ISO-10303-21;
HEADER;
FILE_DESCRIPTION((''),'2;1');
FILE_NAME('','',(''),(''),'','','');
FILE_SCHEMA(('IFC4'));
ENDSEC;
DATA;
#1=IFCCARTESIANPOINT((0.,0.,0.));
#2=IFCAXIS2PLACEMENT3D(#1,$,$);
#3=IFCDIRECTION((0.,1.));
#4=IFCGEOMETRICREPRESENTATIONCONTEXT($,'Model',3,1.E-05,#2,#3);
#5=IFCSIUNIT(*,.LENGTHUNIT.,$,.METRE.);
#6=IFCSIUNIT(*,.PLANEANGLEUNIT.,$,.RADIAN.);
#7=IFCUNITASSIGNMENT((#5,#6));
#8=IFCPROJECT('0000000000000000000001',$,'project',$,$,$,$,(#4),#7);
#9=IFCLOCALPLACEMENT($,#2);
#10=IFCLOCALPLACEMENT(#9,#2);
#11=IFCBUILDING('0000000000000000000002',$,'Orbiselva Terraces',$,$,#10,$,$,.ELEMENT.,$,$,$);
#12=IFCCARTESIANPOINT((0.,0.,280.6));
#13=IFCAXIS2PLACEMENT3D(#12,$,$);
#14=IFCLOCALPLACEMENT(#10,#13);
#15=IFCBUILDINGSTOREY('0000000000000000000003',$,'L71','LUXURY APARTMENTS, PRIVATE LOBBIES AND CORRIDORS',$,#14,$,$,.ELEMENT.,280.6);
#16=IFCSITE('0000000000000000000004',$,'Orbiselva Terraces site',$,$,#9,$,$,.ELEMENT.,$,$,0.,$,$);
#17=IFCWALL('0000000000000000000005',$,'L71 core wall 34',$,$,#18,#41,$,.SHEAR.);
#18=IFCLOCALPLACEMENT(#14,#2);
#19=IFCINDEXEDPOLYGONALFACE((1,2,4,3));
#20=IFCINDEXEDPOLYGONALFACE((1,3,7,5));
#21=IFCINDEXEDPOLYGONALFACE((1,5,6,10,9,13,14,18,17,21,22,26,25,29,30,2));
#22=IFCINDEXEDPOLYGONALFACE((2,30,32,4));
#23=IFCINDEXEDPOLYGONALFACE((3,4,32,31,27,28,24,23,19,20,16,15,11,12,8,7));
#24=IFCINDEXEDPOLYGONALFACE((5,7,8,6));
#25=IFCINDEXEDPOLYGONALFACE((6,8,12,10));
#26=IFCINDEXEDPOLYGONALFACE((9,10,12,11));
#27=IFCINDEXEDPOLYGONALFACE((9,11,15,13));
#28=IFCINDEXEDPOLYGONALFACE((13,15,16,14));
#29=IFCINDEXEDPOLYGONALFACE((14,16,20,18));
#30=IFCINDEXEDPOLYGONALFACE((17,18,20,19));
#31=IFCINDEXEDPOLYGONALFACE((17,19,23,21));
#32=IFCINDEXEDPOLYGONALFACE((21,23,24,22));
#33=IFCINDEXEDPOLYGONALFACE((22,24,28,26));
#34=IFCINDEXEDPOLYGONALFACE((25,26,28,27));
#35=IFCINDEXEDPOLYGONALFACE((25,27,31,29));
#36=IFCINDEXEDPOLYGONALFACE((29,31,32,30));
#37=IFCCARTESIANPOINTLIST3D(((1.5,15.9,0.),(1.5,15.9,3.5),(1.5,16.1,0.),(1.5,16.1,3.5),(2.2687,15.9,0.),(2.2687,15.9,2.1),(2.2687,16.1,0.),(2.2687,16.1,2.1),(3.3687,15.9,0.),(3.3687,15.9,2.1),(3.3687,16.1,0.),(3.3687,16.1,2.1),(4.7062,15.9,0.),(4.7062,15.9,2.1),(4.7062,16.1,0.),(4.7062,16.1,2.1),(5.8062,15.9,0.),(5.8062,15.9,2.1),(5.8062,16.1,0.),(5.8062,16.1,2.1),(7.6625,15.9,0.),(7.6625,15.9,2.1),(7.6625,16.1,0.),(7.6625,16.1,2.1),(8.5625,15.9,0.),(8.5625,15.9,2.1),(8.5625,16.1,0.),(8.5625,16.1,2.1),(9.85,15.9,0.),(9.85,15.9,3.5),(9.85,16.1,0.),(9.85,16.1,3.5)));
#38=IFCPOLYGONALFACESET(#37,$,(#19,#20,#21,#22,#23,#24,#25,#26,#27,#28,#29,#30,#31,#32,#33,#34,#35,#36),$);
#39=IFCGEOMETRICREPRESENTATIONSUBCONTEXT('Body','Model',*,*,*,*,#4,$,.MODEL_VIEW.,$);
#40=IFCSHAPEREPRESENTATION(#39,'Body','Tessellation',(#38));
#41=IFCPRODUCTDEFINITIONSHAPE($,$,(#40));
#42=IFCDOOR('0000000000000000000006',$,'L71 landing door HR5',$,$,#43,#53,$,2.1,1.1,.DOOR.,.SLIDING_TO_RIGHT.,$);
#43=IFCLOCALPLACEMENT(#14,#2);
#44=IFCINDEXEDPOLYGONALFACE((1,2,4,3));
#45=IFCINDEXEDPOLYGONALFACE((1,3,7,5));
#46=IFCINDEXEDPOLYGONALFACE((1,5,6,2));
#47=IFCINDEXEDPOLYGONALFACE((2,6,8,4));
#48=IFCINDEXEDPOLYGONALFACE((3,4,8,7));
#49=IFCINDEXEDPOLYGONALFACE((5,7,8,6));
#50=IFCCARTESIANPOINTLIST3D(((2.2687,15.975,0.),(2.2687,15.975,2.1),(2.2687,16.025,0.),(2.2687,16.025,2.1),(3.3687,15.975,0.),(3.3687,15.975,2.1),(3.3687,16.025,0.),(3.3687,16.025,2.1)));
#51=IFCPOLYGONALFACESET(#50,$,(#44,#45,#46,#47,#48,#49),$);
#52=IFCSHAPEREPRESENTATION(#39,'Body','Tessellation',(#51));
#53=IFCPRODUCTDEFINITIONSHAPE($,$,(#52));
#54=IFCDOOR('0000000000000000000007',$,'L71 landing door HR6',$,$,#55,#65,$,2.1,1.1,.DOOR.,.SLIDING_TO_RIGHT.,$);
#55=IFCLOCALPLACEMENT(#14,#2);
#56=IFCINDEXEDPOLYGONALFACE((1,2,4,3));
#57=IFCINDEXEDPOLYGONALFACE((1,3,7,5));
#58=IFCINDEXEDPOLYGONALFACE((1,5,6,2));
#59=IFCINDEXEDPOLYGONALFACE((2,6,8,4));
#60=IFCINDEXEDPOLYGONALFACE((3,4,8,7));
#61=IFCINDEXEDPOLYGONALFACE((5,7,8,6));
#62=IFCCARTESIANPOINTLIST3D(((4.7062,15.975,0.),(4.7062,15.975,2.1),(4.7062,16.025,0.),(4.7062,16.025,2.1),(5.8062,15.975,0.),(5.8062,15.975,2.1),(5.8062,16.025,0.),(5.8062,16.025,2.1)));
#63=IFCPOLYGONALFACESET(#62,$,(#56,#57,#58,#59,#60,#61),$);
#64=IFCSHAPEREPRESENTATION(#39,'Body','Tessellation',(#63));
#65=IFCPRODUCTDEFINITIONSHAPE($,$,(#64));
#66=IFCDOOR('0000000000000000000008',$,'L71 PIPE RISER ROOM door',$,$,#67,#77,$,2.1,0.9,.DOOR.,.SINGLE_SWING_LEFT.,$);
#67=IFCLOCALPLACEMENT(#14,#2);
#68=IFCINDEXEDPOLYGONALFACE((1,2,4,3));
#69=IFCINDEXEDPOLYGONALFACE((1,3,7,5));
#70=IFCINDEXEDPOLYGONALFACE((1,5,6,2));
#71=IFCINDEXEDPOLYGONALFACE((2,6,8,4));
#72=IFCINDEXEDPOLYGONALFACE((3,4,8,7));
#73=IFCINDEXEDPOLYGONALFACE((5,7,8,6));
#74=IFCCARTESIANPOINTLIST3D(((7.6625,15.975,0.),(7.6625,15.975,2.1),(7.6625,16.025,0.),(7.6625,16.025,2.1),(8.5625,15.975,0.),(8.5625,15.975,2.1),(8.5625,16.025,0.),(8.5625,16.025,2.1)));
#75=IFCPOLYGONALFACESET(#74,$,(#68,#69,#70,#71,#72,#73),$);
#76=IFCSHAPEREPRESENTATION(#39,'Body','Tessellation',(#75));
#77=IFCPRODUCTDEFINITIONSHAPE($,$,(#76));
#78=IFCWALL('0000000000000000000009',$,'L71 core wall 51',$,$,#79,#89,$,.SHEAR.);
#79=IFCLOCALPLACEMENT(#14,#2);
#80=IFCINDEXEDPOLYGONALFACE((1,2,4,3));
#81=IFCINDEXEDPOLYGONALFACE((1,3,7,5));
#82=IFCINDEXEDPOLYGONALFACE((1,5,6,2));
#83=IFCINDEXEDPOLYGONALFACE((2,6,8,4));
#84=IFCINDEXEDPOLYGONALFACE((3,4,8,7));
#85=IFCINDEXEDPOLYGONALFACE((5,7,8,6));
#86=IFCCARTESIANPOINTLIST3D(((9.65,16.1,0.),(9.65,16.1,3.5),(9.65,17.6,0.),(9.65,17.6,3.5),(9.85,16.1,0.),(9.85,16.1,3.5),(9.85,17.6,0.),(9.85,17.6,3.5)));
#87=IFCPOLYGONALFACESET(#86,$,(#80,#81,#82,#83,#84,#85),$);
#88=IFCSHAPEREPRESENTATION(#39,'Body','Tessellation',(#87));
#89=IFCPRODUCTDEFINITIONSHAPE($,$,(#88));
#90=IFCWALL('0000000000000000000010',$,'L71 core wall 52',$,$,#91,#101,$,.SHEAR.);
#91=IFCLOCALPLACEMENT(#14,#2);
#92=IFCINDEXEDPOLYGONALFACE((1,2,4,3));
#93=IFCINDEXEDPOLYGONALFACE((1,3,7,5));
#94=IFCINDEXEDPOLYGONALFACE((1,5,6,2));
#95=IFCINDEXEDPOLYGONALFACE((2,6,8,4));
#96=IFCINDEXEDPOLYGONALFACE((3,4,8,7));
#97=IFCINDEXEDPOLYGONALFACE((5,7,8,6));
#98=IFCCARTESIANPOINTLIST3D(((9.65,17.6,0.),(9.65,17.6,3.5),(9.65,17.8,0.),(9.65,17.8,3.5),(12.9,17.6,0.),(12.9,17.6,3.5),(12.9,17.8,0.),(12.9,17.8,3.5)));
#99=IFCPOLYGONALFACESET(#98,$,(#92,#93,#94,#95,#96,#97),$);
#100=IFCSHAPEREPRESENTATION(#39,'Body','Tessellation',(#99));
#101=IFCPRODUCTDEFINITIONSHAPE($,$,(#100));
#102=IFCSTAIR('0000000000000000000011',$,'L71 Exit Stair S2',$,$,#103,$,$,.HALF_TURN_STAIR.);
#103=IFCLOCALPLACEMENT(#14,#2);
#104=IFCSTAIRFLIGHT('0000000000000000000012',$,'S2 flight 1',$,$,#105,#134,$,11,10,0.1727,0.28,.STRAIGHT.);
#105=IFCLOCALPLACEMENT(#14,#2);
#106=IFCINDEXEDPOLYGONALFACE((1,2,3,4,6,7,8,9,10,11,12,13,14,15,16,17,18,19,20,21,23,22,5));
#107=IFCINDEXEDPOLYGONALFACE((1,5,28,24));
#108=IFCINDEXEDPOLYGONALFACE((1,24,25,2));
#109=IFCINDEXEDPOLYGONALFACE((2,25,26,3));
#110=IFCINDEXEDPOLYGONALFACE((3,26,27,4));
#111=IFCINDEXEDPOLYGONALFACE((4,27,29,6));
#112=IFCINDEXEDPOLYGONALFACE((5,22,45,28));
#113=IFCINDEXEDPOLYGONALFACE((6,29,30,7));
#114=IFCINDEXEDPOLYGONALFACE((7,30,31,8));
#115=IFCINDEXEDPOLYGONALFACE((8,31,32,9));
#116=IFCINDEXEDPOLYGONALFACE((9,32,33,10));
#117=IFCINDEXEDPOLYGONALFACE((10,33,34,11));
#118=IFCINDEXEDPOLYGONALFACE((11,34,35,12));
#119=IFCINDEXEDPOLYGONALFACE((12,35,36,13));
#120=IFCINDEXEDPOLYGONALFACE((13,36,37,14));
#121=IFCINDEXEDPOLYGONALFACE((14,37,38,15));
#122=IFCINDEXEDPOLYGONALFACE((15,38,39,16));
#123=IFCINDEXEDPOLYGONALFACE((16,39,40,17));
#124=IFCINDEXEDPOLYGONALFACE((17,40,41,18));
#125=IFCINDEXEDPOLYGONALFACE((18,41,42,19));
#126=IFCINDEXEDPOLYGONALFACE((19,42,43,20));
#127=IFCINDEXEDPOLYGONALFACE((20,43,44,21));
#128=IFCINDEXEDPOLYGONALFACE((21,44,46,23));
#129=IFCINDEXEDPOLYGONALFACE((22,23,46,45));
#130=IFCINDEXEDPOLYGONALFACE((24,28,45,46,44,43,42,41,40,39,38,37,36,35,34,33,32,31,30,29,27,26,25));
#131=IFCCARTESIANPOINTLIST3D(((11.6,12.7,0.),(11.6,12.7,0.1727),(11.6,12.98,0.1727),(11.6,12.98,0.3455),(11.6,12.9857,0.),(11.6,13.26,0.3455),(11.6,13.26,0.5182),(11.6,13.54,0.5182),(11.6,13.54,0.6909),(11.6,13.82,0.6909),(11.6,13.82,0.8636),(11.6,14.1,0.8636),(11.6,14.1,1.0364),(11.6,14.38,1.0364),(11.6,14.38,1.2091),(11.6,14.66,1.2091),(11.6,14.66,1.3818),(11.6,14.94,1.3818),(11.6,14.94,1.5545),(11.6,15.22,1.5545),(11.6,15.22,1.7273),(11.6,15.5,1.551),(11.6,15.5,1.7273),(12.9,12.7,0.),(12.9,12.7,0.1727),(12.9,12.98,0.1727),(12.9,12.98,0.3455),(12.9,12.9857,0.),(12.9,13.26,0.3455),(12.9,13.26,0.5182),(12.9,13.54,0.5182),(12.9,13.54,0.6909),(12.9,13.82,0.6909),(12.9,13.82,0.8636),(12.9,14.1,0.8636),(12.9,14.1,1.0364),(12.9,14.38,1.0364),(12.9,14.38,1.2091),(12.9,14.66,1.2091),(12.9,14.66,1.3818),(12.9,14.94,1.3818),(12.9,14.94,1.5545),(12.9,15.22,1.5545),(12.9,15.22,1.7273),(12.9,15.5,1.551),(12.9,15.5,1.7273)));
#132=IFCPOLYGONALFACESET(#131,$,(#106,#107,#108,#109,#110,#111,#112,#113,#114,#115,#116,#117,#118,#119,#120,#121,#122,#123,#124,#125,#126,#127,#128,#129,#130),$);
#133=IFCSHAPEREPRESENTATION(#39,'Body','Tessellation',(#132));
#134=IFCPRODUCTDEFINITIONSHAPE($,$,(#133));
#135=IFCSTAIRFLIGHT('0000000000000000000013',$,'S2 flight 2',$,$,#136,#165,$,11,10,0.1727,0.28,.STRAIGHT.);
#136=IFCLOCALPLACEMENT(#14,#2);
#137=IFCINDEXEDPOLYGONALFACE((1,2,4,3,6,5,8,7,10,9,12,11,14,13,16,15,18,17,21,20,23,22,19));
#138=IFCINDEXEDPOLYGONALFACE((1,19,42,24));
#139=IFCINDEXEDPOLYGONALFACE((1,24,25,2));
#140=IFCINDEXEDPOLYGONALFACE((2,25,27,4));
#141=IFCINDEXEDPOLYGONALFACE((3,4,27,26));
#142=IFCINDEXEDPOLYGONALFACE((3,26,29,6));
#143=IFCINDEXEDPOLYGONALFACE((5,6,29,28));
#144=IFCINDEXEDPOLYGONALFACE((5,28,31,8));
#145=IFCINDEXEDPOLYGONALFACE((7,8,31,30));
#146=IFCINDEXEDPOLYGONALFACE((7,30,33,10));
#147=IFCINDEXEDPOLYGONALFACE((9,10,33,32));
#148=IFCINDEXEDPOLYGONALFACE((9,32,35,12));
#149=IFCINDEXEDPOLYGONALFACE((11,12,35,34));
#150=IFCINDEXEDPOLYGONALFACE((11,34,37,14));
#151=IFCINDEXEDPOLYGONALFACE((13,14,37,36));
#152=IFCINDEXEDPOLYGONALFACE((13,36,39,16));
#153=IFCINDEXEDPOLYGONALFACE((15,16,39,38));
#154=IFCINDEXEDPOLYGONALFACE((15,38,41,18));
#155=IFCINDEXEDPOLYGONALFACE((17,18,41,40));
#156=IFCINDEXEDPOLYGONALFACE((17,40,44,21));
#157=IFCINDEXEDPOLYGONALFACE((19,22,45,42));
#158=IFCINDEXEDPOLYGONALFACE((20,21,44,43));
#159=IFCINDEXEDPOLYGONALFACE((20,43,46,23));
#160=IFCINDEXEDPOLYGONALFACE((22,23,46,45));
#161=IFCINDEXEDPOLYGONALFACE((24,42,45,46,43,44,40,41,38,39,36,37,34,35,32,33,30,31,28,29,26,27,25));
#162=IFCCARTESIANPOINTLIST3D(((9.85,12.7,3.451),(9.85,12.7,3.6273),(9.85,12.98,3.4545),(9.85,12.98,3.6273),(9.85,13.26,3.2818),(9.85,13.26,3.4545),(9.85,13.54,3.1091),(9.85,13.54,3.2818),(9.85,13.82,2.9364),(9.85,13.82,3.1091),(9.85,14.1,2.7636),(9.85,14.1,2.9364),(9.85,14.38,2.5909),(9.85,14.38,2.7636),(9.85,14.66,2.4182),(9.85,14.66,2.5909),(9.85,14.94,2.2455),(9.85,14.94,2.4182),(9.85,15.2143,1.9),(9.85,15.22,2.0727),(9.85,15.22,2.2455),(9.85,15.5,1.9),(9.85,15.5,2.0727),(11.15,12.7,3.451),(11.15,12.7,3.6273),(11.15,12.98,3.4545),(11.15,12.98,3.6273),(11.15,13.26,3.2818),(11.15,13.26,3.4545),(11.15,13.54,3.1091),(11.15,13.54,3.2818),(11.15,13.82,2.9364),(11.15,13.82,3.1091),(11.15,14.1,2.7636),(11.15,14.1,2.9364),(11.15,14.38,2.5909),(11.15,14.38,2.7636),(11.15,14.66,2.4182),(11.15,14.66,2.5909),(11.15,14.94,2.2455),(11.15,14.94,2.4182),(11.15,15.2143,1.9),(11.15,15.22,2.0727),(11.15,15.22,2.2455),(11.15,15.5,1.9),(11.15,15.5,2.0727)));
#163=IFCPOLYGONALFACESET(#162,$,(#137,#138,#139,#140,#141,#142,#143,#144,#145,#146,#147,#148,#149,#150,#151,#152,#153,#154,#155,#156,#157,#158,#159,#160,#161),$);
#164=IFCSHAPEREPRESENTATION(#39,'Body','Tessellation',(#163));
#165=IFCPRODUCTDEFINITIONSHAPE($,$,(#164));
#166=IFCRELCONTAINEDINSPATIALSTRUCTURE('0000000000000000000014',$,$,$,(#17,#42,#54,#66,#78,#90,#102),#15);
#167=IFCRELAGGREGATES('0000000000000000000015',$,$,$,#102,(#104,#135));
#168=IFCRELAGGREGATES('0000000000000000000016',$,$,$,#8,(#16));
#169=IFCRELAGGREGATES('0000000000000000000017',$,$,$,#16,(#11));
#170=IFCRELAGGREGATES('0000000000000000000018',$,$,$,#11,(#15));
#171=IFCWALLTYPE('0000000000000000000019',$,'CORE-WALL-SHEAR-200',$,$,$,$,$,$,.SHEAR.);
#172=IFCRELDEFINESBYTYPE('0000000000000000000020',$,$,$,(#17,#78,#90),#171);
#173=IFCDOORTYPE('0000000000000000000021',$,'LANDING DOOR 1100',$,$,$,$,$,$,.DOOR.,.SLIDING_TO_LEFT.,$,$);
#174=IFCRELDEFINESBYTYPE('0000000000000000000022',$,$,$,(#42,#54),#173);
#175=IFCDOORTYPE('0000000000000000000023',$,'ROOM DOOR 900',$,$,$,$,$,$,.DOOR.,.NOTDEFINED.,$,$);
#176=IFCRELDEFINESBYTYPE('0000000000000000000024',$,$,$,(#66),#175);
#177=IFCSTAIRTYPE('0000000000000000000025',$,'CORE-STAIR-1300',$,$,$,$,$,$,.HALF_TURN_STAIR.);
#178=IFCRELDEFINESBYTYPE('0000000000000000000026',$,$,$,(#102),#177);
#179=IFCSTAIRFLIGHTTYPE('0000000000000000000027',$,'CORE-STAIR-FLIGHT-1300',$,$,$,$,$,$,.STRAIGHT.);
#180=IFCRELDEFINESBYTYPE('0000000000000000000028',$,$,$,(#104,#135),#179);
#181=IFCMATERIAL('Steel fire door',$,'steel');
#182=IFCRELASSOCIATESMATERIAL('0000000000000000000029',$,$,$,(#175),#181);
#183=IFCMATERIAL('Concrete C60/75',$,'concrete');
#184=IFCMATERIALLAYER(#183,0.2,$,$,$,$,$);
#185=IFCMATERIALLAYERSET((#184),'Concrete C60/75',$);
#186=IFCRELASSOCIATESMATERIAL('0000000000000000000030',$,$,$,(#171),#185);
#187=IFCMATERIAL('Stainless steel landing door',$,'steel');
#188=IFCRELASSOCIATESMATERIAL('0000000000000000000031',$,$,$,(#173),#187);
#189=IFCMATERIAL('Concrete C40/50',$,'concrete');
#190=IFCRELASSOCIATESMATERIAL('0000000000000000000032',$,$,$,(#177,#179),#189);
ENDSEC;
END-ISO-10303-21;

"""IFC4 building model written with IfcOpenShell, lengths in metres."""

from ifc_helpers import new_model, si_unit, direction, frame, frame_2d, origin, place, context, subcontext, project, spatial, polyline, rectangle, outline, extrude, material, layer, layer_set, type_object, element, fill, aggregate, save


model = new_model("IFC4")

# Units and contexts
model_context = context("Model", 3, precision=1e-05, world=origin(), true_north=direction((0.0, 1.0)))
body_context = subcontext(model_context, "Body", "Model", "MODEL_VIEW")
ifc_project = project(units=[si_unit("LENGTHUNIT", "METRE"), si_unit("PLANEANGLEUNIT", "RADIAN")], contexts=[model_context])

# Site, building, storey
site_placement = place(None, origin())
site = spatial("IfcSite", under=ifc_project, at=site_placement, Name="Orbiselva Terraces site", CompositionType="ELEMENT", RefElevation=0.0)
building_placement = place(site_placement, origin())
building = spatial("IfcBuilding", under=site, at=building_placement, Name="Orbiselva Terraces", CompositionType="ELEMENT")
storey_placement = place(building_placement, frame((0.0, 0.0, 280.6)))
storey = spatial("IfcBuildingStorey", under=building, at=storey_placement, Name="L71", Description="LUXURY APARTMENTS, PRIVATE LOBBIES AND CORRIDORS", CompositionType="ELEMENT", Elevation=280.6)

# Shared definitions
ifc_material_1 = material(Name="Steel fire door", Category="steel")
door_type_1 = type_object("IfcDoorType", Name="ROOM DOOR 900", OperationType="NOTDEFINED", PredefinedType="DOOR", material=ifc_material_1)

# Shared definitions
ifc_material_2 = material(Name="Concrete C40/50", Category="concrete")
ifc_material_3 = material(Name="Concrete C60/75", Category="concrete")
ifc_layer_1 = layer(ifc_material_3, 0.2)
ifc_layer_set_1 = layer_set([ifc_layer_1], Name="Concrete C60/75")
wall_type_1 = type_object("IfcWallType", Name="CORE-WALL-SHEAR-200", PredefinedType="SHEAR", material=ifc_layer_set_1)

# Wall, openings, doors
wall_1_placement = place(storey_placement, frame((9.85, 16.0, 0.0), z_axis=(0.0, 0.0, 1.0), x_axis=(-1.0, 0.0, 0.0)))
wall_1 = element("IfcWall", 1, at=wall_1_placement, inside=storey, type_object=wall_type_1, Name="L71 core wall 34", PredefinedType="SHEAR", context=body_context, shape_type="SweptSolid", body=[
    extrude(rectangle(XDim=8.35, YDim=0.2, at=frame_2d((4.175, 0.0))), origin(), (0.0, 0.0, 1.0), 3.5),
])
opening_1_placement = place(wall_1_placement, frame((6.4813, 0.0, 0.0)))
opening_1 = element("IfcOpeningElement", 2, at=opening_1_placement, cuts=wall_1, PredefinedType="OPENING", context=body_context, shape_type="SweptSolid", body=[
    extrude(rectangle(XDim=1.1, YDim=2.1, at=frame_2d((0.55, 1.05))), frame((0.0, 0.11, 0.0), z_axis=(0.0, -1.0, 0.0), x_axis=(1.0, 0.0, 0.0)), (0.0, 0.0, 1.0), 0.22),
])
opening_2_placement = place(wall_1_placement, frame((4.0438, 0.0, 0.0)))
opening_2 = element("IfcOpeningElement", 3, at=opening_2_placement, cuts=wall_1, PredefinedType="OPENING", context=body_context, shape_type="SweptSolid", body=[
    extrude(rectangle(XDim=1.1, YDim=2.1, at=frame_2d((0.55, 1.05))), frame((0.0, 0.11, 0.0), z_axis=(0.0, -1.0, 0.0), x_axis=(1.0, 0.0, 0.0)), (0.0, 0.0, 1.0), 0.22),
])
opening_3_placement = place(wall_1_placement, frame((1.2875, 0.0, 0.0)))
opening_3 = element("IfcOpeningElement", 4, at=opening_3_placement, cuts=wall_1, PredefinedType="OPENING", context=body_context, shape_type="SweptSolid", body=[
    extrude(rectangle(XDim=0.9, YDim=2.1, at=frame_2d((0.45, 1.05))), frame((0.0, 0.11, 0.0), z_axis=(0.0, -1.0, 0.0), x_axis=(1.0, 0.0, 0.0)), (0.0, 0.0, 1.0), 0.22),
])
ifc_material_4 = material(Name="Stainless steel landing door", Category="steel")
door_type_2 = type_object("IfcDoorType", Name="LANDING DOOR 1100", OperationType="SLIDING_TO_LEFT", PredefinedType="DOOR", material=ifc_material_4)
door_1_placement = place(opening_1_placement, origin())
door_1 = element("IfcDoor", 5, at=door_1_placement, inside=storey, type_object=door_type_2, Name="L71 landing door HR5", OperationType="SLIDING_TO_RIGHT", OverallHeight=2.1, OverallWidth=1.1, PredefinedType="DOOR", context=body_context, shape_type="SweptSolid", body=[
    extrude(rectangle(XDim=1.1, YDim=2.1, at=frame_2d((0.55, 1.05))), frame((0.0, 0.025, 0.0), z_axis=(0.0, -1.0, 0.0), x_axis=(1.0, 0.0, 0.0)), (0.0, 0.0, 1.0), 0.05),
])
fill(opening_1, door_1)
door_2_placement = place(opening_2_placement, origin())
door_2 = element("IfcDoor", 6, at=door_2_placement, inside=storey, type_object=door_type_2, Name="L71 landing door HR6", OperationType="SLIDING_TO_RIGHT", OverallHeight=2.1, OverallWidth=1.1, PredefinedType="DOOR", context=body_context, shape_type="SweptSolid", body=[
    extrude(rectangle(XDim=1.1, YDim=2.1, at=frame_2d((0.55, 1.05))), frame((0.0, 0.025, 0.0), z_axis=(0.0, -1.0, 0.0), x_axis=(1.0, 0.0, 0.0)), (0.0, 0.0, 1.0), 0.05),
])
fill(opening_2, door_2)
door_3_placement = place(opening_3_placement, origin())
door_3 = element("IfcDoor", 7, at=door_3_placement, inside=storey, type_object=door_type_1, Name="L71 PIPE RISER ROOM door", OperationType="SINGLE_SWING_LEFT", OverallHeight=2.1, OverallWidth=0.9, PredefinedType="DOOR", context=body_context, shape_type="SweptSolid", body=[
    extrude(rectangle(XDim=0.9, YDim=2.1, at=frame_2d((0.45, 1.05))), frame((0.0, 0.025, 0.0), z_axis=(0.0, -1.0, 0.0), x_axis=(1.0, 0.0, 0.0)), (0.0, 0.0, 1.0), 0.05),
])
fill(opening_3, door_3)

# Walls
wall_2_placement = place(storey_placement, frame((9.75, 16.1, 0.0), z_axis=(0.0, 0.0, 1.0), x_axis=(0.0, 1.0, 0.0)))
element("IfcWall", 8, at=wall_2_placement, inside=storey, type_object=wall_type_1, Name="L71 core wall 51", PredefinedType="SHEAR", context=body_context, shape_type="SweptSolid", body=[
    extrude(rectangle(XDim=1.5, YDim=0.2, at=frame_2d((0.75, 0.0))), origin(), (0.0, 0.0, 1.0), 3.5),
])
wall_3_placement = place(storey_placement, frame((9.65, 17.7, 0.0), z_axis=(0.0, 0.0, 1.0), x_axis=(1.0, 0.0, 0.0)))
element("IfcWall", 9, at=wall_3_placement, inside=storey, type_object=wall_type_1, Name="L71 core wall 52", PredefinedType="SHEAR", context=body_context, shape_type="SweptSolid", body=[
    extrude(rectangle(XDim=3.25, YDim=0.2, at=frame_2d((1.625, 0.0))), origin(), (0.0, 0.0, 1.0), 3.5),
])

# Stair, stair flights
stair_type = type_object("IfcStairType", Name="CORE-STAIR-1300", PredefinedType="HALF_TURN_STAIR", material=ifc_material_2)
stair_placement = place(storey_placement, origin())
stair = element("IfcStair", 10, at=stair_placement, inside=storey, type_object=stair_type, Name="L71 Exit Stair S2", PredefinedType="HALF_TURN_STAIR")
stair_flight_type = type_object("IfcStairFlightType", Name="CORE-STAIR-FLIGHT-1300", PredefinedType="STRAIGHT", material=ifc_material_2)
stair_flight_1_placement = place(storey_placement, frame((12.25, 12.7, 0.0), z_axis=(0.0, 0.0, 1.0), x_axis=(0.0, 1.0, 0.0)))
stair_flight_1 = element("IfcStairFlight", 11, at=stair_flight_1_placement, type_object=stair_flight_type, Name="S2 flight 1", NumberOfRisers=11, NumberOfTreads=10, PredefinedType="STRAIGHT", RiserHeight=0.1727, TreadLength=0.28, context=body_context, shape_type="SweptSolid", body=[
    extrude(outline(polyline([(0.0, 0.0), (0.0, 0.1727), (0.28, 0.1727), (0.28, 0.3455), (0.56, 0.3455), (0.56, 0.5182), (0.84, 0.5182), (0.84, 0.6909), (1.12, 0.6909), (1.12, 0.8636), (1.4, 0.8636), (1.4, 1.0364), (1.68, 1.0364), (1.68, 1.2091), (1.96, 1.2091), (1.96, 1.3818), (2.24, 1.3818), (2.24, 1.5545), (2.52, 1.5545), (2.52, 1.7273), (2.8, 1.7273), (2.8, 1.9), (2.8, 1.551), (0.2857, 0.0), (0.0, 0.0)])), frame((0.0, 0.65, 0.0), z_axis=(0.0, -1.0, 0.0), x_axis=(1.0, 0.0, 0.0)), (0.0, 0.0, 1.0), 1.3),
])
stair_flight_2_placement = place(storey_placement, frame((10.5, 15.5, 1.9), z_axis=(0.0, 0.0, 1.0), x_axis=(0.0, -1.0, 0.0)))
stair_flight_2 = element("IfcStairFlight", 12, at=stair_flight_2_placement, type_object=stair_flight_type, Name="S2 flight 2", NumberOfRisers=11, NumberOfTreads=10, PredefinedType="STRAIGHT", RiserHeight=0.1727, TreadLength=0.28, context=body_context, shape_type="SweptSolid", body=[
    extrude(outline(polyline([(0.0, 0.0), (0.0, 0.1727), (0.28, 0.1727), (0.28, 0.3455), (0.56, 0.3455), (0.56, 0.5182), (0.84, 0.5182), (0.84, 0.6909), (1.12, 0.6909), (1.12, 0.8636), (1.4, 0.8636), (1.4, 1.0364), (1.68, 1.0364), (1.68, 1.2091), (1.96, 1.2091), (1.96, 1.3818), (2.24, 1.3818), (2.24, 1.5545), (2.52, 1.5545), (2.52, 1.7273), (2.8, 1.7273), (2.8, 1.9), (2.8, 1.551), (0.2857, 0.0), (0.0, 0.0)])), frame((0.0, 0.65, 0.0), z_axis=(0.0, -1.0, 0.0), x_axis=(1.0, 0.0, 0.0)), (0.0, 0.0, 1.0), 1.3),
])
aggregate(stair, [stair_flight_1, stair_flight_2])

save(model, "model.ifc")
